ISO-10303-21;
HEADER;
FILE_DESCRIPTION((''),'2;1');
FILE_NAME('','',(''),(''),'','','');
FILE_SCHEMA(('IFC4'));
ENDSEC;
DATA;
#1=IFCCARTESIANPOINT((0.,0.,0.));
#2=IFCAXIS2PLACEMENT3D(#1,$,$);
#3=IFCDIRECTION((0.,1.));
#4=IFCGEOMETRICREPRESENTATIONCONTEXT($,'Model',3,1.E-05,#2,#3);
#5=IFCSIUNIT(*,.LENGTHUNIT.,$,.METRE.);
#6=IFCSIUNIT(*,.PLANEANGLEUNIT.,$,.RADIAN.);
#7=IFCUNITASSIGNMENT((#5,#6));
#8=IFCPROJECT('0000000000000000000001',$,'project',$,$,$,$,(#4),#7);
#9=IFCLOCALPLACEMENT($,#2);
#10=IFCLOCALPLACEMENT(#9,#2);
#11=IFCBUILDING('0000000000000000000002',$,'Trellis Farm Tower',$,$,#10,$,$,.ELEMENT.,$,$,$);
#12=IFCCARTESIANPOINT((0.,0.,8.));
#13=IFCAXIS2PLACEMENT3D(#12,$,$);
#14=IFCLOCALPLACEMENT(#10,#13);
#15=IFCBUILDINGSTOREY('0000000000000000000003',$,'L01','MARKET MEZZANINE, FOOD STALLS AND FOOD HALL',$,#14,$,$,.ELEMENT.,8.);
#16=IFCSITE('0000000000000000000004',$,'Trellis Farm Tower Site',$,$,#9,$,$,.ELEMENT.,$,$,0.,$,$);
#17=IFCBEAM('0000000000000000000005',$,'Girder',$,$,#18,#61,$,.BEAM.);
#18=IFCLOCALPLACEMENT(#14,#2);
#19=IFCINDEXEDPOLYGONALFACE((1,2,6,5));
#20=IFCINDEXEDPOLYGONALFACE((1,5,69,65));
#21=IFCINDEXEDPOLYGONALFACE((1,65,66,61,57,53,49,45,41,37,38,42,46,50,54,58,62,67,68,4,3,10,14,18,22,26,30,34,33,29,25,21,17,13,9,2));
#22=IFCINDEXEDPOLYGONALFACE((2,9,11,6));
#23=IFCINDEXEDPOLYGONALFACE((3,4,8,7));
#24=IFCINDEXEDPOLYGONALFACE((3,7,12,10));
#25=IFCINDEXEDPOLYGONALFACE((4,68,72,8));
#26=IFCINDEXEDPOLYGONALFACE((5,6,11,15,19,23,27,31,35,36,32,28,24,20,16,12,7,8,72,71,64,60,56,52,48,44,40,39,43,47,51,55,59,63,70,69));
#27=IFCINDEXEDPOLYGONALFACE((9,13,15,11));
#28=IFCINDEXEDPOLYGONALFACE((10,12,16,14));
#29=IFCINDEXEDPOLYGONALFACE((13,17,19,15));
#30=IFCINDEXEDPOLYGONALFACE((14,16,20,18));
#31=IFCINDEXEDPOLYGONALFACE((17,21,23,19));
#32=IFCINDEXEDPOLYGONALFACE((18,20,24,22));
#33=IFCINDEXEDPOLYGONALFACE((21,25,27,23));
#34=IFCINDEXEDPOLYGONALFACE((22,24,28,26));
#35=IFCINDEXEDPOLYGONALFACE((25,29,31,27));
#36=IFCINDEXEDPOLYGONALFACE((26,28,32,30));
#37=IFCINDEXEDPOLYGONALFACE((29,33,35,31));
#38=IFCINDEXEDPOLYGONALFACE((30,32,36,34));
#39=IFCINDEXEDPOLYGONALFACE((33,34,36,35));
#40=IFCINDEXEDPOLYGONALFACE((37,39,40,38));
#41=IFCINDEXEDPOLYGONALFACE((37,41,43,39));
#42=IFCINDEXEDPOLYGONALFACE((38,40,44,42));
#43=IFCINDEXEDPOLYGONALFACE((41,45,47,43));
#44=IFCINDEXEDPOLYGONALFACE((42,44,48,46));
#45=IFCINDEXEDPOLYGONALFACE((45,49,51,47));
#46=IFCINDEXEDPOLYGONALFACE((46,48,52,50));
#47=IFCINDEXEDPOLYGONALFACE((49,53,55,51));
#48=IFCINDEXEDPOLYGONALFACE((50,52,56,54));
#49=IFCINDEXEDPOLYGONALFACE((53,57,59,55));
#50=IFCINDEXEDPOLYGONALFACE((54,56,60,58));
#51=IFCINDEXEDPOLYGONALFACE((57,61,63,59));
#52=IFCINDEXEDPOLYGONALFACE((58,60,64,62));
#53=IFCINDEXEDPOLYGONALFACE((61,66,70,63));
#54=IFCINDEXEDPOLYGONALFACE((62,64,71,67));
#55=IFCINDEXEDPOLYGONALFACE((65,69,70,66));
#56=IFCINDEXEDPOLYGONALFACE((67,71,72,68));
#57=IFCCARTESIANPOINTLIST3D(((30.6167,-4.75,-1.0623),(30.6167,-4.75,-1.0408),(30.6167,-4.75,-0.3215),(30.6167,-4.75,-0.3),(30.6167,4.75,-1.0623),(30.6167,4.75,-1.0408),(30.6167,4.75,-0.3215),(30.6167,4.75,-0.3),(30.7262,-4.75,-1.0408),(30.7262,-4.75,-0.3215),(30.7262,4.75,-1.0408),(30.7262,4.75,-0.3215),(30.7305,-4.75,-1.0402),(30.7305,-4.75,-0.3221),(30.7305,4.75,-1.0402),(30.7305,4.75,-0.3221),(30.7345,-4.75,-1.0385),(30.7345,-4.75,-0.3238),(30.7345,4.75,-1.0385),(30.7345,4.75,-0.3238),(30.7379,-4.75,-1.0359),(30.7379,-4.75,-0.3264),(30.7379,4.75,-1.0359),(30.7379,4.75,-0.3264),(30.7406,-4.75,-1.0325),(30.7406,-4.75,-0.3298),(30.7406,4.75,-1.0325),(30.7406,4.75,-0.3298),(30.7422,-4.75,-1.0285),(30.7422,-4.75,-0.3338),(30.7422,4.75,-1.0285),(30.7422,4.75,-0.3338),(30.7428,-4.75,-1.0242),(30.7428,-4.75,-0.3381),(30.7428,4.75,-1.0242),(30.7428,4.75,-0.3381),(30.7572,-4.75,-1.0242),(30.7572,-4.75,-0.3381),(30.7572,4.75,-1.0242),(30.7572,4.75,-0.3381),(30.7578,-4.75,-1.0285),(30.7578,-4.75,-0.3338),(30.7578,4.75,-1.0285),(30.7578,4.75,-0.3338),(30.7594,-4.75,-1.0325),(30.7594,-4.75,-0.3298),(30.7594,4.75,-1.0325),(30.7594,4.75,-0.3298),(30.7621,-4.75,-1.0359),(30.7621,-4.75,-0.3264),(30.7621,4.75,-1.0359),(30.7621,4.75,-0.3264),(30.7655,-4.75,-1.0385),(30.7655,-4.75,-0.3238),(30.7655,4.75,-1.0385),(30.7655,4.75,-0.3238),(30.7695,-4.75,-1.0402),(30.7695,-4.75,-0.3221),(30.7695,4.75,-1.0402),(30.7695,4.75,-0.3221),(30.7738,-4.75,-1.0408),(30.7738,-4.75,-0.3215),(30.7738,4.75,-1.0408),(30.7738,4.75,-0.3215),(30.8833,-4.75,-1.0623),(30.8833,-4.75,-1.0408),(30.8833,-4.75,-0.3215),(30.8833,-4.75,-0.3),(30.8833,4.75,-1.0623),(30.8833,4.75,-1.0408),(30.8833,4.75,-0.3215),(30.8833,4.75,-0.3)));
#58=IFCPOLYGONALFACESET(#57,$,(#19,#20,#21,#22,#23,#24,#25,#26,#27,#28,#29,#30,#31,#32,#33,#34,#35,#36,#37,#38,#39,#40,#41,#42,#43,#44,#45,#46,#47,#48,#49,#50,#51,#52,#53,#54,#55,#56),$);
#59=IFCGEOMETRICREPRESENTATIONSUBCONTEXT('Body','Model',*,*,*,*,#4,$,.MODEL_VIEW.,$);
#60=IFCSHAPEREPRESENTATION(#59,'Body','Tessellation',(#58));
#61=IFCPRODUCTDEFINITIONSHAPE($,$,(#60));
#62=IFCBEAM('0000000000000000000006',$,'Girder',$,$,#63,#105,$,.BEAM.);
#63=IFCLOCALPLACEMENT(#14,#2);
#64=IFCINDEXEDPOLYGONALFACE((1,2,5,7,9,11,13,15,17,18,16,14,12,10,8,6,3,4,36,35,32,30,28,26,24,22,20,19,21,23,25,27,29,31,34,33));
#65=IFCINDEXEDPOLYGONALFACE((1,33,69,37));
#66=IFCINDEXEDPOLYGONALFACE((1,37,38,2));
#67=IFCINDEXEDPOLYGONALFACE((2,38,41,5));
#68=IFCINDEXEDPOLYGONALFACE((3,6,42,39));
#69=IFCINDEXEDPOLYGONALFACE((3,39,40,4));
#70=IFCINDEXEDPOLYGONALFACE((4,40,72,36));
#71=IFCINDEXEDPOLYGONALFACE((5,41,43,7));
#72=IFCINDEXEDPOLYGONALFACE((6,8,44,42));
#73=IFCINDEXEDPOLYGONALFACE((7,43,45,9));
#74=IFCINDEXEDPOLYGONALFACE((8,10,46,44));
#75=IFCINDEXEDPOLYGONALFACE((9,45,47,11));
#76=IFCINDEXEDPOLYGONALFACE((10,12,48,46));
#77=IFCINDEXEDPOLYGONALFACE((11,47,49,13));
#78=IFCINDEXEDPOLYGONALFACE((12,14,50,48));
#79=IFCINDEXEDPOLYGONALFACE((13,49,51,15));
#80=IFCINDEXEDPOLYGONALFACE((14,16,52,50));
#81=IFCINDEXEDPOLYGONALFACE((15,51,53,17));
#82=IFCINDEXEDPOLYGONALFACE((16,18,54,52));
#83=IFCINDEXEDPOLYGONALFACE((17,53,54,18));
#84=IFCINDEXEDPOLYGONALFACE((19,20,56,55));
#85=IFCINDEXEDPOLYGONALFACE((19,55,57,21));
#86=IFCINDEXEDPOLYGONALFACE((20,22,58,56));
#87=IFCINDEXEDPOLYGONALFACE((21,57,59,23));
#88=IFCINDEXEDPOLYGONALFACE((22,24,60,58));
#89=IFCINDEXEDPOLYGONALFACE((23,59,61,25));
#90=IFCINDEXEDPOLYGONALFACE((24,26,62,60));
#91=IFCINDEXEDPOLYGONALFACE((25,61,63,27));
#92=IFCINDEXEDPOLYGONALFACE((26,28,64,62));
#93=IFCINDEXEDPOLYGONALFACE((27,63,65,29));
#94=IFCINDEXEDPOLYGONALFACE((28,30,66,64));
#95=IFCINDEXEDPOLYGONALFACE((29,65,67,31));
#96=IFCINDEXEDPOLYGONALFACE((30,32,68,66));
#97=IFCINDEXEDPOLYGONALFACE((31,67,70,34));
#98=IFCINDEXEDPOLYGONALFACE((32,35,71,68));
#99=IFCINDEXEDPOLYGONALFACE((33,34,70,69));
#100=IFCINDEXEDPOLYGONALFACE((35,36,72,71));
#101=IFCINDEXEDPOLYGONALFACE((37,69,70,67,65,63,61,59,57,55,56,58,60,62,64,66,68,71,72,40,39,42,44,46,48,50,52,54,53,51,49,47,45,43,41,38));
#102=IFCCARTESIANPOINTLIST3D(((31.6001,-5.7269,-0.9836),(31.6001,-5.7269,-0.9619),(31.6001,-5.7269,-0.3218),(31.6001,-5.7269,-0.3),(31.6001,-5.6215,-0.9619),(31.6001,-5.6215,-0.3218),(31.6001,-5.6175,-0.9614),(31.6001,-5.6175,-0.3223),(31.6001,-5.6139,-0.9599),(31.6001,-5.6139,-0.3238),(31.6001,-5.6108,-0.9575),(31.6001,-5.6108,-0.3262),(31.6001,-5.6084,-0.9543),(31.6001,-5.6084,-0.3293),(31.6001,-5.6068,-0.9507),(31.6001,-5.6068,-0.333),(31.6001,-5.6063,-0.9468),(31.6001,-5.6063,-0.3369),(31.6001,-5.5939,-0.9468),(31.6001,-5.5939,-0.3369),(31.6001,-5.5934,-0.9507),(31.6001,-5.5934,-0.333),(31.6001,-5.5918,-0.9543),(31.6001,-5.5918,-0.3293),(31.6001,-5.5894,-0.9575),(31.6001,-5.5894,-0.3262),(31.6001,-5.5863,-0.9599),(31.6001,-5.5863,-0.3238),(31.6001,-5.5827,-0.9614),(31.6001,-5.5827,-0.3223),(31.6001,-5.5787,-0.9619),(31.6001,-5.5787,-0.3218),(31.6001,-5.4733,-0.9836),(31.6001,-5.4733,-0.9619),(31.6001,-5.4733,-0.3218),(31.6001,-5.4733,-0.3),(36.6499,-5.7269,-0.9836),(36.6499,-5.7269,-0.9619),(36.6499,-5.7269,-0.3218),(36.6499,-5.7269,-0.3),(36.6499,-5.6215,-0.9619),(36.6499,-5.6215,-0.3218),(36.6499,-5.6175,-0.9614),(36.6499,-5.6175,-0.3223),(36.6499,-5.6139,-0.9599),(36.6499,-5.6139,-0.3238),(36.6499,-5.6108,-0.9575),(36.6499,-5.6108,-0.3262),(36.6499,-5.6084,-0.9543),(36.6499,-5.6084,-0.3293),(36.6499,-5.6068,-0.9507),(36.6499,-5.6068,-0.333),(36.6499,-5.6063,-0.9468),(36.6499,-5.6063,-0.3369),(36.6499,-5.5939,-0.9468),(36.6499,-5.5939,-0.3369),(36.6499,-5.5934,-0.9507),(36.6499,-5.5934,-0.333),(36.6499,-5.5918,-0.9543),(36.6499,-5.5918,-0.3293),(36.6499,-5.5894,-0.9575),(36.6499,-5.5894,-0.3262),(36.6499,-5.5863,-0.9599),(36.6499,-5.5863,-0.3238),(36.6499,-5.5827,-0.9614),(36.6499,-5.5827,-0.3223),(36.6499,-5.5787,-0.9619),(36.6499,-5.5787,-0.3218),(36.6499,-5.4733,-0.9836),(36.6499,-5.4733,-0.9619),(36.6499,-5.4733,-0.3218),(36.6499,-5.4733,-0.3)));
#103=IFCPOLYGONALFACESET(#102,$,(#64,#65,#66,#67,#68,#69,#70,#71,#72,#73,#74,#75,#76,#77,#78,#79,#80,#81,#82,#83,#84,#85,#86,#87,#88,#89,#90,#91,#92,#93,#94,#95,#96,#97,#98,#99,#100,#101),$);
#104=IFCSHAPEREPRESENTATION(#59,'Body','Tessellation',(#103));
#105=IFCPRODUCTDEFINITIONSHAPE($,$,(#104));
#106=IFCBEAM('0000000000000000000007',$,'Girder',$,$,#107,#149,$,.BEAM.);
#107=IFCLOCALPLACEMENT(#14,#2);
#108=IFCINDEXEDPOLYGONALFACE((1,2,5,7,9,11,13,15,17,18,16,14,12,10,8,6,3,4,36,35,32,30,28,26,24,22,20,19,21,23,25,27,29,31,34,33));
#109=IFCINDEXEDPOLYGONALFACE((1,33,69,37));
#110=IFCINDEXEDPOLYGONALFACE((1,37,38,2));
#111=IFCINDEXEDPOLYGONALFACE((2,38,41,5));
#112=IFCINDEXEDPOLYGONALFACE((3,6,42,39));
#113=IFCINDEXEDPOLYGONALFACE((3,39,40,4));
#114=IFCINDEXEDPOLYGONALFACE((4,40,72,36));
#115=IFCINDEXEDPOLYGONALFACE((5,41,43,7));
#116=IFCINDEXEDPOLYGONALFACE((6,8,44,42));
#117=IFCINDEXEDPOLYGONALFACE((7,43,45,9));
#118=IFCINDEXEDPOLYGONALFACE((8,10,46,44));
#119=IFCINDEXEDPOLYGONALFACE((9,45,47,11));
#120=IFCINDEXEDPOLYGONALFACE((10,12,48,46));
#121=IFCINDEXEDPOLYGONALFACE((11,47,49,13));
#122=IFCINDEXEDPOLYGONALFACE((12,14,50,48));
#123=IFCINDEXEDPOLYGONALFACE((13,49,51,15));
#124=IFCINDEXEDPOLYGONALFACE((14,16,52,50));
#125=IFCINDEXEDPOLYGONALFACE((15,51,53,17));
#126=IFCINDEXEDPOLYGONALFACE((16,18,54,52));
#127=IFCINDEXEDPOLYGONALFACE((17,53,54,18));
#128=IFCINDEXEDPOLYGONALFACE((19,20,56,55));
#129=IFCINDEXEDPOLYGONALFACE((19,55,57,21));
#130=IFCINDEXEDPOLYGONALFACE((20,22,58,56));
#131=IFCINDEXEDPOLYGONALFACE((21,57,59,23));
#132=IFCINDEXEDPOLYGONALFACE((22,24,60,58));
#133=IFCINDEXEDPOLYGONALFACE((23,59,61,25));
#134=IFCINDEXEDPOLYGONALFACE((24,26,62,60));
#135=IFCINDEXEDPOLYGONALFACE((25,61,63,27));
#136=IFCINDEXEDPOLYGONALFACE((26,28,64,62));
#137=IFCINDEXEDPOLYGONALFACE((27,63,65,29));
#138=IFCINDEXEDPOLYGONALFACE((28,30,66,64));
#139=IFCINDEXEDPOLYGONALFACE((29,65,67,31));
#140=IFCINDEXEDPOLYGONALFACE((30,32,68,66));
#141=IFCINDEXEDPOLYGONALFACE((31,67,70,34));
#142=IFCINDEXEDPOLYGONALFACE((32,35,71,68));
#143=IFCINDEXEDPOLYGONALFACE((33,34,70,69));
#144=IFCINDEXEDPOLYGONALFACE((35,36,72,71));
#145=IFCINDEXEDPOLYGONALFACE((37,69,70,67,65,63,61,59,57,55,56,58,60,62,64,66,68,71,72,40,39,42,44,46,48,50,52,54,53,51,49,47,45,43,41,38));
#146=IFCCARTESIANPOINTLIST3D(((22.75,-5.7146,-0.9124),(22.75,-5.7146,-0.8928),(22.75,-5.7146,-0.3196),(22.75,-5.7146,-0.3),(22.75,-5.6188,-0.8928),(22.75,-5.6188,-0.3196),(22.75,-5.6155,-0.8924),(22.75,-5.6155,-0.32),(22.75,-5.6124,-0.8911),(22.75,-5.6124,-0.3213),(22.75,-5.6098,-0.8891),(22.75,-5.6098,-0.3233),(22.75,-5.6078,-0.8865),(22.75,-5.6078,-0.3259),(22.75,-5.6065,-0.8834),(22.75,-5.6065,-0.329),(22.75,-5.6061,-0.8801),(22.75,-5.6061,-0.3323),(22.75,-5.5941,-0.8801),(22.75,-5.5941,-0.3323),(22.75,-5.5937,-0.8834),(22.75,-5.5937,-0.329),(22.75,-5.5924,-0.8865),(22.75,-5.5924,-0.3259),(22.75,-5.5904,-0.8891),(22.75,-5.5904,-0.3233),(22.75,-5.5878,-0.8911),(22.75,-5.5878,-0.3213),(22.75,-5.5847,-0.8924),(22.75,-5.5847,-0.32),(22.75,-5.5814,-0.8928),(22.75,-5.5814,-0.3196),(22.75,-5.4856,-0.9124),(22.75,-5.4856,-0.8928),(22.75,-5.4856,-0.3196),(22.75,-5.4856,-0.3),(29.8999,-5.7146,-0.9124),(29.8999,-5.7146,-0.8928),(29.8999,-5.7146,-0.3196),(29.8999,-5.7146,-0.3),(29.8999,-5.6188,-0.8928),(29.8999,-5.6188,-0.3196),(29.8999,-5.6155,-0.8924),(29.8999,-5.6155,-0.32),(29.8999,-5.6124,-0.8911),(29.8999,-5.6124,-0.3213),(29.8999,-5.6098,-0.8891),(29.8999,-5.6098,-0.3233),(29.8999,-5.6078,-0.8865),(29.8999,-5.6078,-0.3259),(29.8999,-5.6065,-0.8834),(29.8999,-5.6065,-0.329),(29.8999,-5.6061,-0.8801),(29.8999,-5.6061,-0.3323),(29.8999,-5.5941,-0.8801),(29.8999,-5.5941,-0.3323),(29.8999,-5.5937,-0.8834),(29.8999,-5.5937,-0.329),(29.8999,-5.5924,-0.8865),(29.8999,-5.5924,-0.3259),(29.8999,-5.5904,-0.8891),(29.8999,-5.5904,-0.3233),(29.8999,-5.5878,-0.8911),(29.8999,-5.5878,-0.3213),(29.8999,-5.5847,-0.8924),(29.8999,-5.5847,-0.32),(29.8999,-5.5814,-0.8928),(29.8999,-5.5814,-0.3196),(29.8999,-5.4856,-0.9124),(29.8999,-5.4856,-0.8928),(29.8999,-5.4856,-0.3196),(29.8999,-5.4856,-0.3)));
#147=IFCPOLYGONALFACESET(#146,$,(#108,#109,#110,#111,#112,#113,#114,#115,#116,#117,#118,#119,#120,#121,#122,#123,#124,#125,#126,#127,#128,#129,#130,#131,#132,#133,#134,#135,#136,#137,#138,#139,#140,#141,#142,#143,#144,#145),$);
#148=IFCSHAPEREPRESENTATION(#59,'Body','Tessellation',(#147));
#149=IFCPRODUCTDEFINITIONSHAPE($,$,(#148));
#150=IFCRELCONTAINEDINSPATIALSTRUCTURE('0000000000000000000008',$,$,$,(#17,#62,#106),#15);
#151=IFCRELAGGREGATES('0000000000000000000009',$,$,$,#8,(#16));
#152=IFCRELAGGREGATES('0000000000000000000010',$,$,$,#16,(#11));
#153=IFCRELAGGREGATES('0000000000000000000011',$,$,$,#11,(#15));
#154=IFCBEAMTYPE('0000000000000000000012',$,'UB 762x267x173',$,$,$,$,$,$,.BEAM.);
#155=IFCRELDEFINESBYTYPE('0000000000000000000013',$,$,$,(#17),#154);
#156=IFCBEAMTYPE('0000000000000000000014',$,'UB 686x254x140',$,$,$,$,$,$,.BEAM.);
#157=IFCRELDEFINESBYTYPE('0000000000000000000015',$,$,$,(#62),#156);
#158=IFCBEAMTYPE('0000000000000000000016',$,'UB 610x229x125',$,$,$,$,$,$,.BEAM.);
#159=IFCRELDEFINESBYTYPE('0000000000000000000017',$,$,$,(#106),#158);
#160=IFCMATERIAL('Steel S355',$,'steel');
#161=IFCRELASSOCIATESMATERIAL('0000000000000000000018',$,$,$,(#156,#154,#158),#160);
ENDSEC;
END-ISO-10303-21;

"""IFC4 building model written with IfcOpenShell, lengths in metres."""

from ifc_helpers import new_model, si_unit, direction, frame, origin, origin_2d, place, context, subcontext, project, spatial, i_section, extrude, source, transform, mapped, material, material_profile, profile_set, type_object, element, save


model = new_model("IFC4")

# Units and contexts
model_context = context("Model", 3, precision=1e-05, world=origin(), true_north=direction((0.0, 1.0)))
body_context = subcontext(model_context, "Body", "Model", "MODEL_VIEW")
ifc_project = project(units=[si_unit("LENGTHUNIT", "METRE"), si_unit("PLANEANGLEUNIT", "RADIAN")], contexts=[model_context])

# Site, building, storey
site_placement = place(None, origin())
site = spatial("IfcSite", under=ifc_project, at=site_placement, Name="Trellis Farm Tower Site", CompositionType="ELEMENT", RefElevation=0.0)
building_placement = place(site_placement, origin())
building = spatial("IfcBuilding", under=site, at=building_placement, Name="Trellis Farm Tower", CompositionType="ELEMENT")
storey_placement = place(building_placement, frame((0.0, 0.0, 8.0)))
storey = spatial("IfcBuildingStorey", under=building, at=storey_placement, Name="L01", Description="MARKET MEZZANINE, FOOD STALLS AND FOOD HALL", CompositionType="ELEMENT", Elevation=8.0)

# Beams
ifc_material_1 = material(Name="Steel S355", Category="steel")
ifc_material_profile_1 = material_profile(ifc_material_1, i_section(OverallWidth=0.2537, OverallDepth=0.6836, WebThickness=0.0125, FlangeThickness=0.0217, FilletRadius=0.0151, at=origin_2d()), Name="UB 686x254x140")
ifc_profile_set_1 = profile_set([ifc_material_profile_1], Name="Steel S355")
beam_type_1 = type_object("IfcBeamType", Name="UB 686x254x140", PredefinedType="BEAM", material=ifc_profile_set_1)
ifc_material_profile_2 = material_profile(ifc_material_1, i_section(OverallWidth=0.2666, OverallDepth=0.7622, WebThickness=0.0144, FlangeThickness=0.0215, FilletRadius=0.0166, at=origin_2d()), Name="UB 762x267x173")
ifc_profile_set_2 = profile_set([ifc_material_profile_2], Name="Steel S355")
beam_type_2 = type_object("IfcBeamType", Name="UB 762x267x173", PredefinedType="BEAM", material=ifc_profile_set_2)
shared_shape_1 = source(origin(), body_context, "Body", "SweptSolid", [
    extrude(i_section(OverallWidth=0.2666, OverallDepth=0.7622, WebThickness=0.0144, FlangeThickness=0.0215, FilletRadius=0.0166, at=origin_2d()), origin(), (0.0, 0.0, 1.0), 9.5),
])
beam_1_placement = place(storey_placement, frame((30.75, -4.75, -0.6812), z_axis=(0.0, 1.0, 0.0), x_axis=(-1.0, 0.0, 0.0)))
element("IfcBeam", 1, at=beam_1_placement, inside=storey, type_object=beam_type_2, Name="Girder", PredefinedType="BEAM", context=body_context, shape_type="MappedRepresentation", body=[
    mapped(shared_shape_1, transform((0.0, 0.0, 0.0))),
])
shared_shape_2 = source(origin(), body_context, "Body", "SweptSolid", [
    extrude(i_section(OverallWidth=0.2537, OverallDepth=0.6836, WebThickness=0.0125, FlangeThickness=0.0217, FilletRadius=0.0151, at=origin_2d()), origin(), (0.0, 0.0, 1.0), 5.0498),
])
beam_2_placement = place(storey_placement, frame((31.6001, -5.6001, -0.6418), z_axis=(1.0, 0.0, 0.0), x_axis=(0.0, 1.0, 0.0)))
element("IfcBeam", 2, at=beam_2_placement, inside=storey, type_object=beam_type_1, Name="Girder", PredefinedType="BEAM", context=body_context, shape_type="MappedRepresentation", body=[
    mapped(shared_shape_2, transform((0.0, 0.0, 0.0))),
])
ifc_material_profile_3 = material_profile(ifc_material_1, i_section(OverallWidth=0.229, OverallDepth=0.6123, WebThickness=0.012, FlangeThickness=0.0195, FilletRadius=0.0127, at=origin_2d()), Name="UB 610x229x125")
ifc_profile_set_3 = profile_set([ifc_material_profile_3], Name="Steel S355")
beam_type_3 = type_object("IfcBeamType", Name="UB 610x229x125", PredefinedType="BEAM", material=ifc_profile_set_3)
shared_shape_3 = source(origin(), body_context, "Body", "SweptSolid", [
    extrude(i_section(OverallWidth=0.229, OverallDepth=0.6123, WebThickness=0.012, FlangeThickness=0.0195, FilletRadius=0.0127, at=origin_2d()), origin(), (0.0, 0.0, 1.0), 7.1499),
])
beam_3_placement = place(storey_placement, frame((22.75, -5.6001, -0.6062), z_axis=(1.0, 0.0, 0.0), x_axis=(0.0, 1.0, 0.0)))
element("IfcBeam", 3, at=beam_3_placement, inside=storey, type_object=beam_type_3, Name="Girder", PredefinedType="BEAM", context=body_context, shape_type="MappedRepresentation", body=[
    mapped(shared_shape_3, transform((0.0, 0.0, 0.0))),
])

save(model, "model.ifc")
